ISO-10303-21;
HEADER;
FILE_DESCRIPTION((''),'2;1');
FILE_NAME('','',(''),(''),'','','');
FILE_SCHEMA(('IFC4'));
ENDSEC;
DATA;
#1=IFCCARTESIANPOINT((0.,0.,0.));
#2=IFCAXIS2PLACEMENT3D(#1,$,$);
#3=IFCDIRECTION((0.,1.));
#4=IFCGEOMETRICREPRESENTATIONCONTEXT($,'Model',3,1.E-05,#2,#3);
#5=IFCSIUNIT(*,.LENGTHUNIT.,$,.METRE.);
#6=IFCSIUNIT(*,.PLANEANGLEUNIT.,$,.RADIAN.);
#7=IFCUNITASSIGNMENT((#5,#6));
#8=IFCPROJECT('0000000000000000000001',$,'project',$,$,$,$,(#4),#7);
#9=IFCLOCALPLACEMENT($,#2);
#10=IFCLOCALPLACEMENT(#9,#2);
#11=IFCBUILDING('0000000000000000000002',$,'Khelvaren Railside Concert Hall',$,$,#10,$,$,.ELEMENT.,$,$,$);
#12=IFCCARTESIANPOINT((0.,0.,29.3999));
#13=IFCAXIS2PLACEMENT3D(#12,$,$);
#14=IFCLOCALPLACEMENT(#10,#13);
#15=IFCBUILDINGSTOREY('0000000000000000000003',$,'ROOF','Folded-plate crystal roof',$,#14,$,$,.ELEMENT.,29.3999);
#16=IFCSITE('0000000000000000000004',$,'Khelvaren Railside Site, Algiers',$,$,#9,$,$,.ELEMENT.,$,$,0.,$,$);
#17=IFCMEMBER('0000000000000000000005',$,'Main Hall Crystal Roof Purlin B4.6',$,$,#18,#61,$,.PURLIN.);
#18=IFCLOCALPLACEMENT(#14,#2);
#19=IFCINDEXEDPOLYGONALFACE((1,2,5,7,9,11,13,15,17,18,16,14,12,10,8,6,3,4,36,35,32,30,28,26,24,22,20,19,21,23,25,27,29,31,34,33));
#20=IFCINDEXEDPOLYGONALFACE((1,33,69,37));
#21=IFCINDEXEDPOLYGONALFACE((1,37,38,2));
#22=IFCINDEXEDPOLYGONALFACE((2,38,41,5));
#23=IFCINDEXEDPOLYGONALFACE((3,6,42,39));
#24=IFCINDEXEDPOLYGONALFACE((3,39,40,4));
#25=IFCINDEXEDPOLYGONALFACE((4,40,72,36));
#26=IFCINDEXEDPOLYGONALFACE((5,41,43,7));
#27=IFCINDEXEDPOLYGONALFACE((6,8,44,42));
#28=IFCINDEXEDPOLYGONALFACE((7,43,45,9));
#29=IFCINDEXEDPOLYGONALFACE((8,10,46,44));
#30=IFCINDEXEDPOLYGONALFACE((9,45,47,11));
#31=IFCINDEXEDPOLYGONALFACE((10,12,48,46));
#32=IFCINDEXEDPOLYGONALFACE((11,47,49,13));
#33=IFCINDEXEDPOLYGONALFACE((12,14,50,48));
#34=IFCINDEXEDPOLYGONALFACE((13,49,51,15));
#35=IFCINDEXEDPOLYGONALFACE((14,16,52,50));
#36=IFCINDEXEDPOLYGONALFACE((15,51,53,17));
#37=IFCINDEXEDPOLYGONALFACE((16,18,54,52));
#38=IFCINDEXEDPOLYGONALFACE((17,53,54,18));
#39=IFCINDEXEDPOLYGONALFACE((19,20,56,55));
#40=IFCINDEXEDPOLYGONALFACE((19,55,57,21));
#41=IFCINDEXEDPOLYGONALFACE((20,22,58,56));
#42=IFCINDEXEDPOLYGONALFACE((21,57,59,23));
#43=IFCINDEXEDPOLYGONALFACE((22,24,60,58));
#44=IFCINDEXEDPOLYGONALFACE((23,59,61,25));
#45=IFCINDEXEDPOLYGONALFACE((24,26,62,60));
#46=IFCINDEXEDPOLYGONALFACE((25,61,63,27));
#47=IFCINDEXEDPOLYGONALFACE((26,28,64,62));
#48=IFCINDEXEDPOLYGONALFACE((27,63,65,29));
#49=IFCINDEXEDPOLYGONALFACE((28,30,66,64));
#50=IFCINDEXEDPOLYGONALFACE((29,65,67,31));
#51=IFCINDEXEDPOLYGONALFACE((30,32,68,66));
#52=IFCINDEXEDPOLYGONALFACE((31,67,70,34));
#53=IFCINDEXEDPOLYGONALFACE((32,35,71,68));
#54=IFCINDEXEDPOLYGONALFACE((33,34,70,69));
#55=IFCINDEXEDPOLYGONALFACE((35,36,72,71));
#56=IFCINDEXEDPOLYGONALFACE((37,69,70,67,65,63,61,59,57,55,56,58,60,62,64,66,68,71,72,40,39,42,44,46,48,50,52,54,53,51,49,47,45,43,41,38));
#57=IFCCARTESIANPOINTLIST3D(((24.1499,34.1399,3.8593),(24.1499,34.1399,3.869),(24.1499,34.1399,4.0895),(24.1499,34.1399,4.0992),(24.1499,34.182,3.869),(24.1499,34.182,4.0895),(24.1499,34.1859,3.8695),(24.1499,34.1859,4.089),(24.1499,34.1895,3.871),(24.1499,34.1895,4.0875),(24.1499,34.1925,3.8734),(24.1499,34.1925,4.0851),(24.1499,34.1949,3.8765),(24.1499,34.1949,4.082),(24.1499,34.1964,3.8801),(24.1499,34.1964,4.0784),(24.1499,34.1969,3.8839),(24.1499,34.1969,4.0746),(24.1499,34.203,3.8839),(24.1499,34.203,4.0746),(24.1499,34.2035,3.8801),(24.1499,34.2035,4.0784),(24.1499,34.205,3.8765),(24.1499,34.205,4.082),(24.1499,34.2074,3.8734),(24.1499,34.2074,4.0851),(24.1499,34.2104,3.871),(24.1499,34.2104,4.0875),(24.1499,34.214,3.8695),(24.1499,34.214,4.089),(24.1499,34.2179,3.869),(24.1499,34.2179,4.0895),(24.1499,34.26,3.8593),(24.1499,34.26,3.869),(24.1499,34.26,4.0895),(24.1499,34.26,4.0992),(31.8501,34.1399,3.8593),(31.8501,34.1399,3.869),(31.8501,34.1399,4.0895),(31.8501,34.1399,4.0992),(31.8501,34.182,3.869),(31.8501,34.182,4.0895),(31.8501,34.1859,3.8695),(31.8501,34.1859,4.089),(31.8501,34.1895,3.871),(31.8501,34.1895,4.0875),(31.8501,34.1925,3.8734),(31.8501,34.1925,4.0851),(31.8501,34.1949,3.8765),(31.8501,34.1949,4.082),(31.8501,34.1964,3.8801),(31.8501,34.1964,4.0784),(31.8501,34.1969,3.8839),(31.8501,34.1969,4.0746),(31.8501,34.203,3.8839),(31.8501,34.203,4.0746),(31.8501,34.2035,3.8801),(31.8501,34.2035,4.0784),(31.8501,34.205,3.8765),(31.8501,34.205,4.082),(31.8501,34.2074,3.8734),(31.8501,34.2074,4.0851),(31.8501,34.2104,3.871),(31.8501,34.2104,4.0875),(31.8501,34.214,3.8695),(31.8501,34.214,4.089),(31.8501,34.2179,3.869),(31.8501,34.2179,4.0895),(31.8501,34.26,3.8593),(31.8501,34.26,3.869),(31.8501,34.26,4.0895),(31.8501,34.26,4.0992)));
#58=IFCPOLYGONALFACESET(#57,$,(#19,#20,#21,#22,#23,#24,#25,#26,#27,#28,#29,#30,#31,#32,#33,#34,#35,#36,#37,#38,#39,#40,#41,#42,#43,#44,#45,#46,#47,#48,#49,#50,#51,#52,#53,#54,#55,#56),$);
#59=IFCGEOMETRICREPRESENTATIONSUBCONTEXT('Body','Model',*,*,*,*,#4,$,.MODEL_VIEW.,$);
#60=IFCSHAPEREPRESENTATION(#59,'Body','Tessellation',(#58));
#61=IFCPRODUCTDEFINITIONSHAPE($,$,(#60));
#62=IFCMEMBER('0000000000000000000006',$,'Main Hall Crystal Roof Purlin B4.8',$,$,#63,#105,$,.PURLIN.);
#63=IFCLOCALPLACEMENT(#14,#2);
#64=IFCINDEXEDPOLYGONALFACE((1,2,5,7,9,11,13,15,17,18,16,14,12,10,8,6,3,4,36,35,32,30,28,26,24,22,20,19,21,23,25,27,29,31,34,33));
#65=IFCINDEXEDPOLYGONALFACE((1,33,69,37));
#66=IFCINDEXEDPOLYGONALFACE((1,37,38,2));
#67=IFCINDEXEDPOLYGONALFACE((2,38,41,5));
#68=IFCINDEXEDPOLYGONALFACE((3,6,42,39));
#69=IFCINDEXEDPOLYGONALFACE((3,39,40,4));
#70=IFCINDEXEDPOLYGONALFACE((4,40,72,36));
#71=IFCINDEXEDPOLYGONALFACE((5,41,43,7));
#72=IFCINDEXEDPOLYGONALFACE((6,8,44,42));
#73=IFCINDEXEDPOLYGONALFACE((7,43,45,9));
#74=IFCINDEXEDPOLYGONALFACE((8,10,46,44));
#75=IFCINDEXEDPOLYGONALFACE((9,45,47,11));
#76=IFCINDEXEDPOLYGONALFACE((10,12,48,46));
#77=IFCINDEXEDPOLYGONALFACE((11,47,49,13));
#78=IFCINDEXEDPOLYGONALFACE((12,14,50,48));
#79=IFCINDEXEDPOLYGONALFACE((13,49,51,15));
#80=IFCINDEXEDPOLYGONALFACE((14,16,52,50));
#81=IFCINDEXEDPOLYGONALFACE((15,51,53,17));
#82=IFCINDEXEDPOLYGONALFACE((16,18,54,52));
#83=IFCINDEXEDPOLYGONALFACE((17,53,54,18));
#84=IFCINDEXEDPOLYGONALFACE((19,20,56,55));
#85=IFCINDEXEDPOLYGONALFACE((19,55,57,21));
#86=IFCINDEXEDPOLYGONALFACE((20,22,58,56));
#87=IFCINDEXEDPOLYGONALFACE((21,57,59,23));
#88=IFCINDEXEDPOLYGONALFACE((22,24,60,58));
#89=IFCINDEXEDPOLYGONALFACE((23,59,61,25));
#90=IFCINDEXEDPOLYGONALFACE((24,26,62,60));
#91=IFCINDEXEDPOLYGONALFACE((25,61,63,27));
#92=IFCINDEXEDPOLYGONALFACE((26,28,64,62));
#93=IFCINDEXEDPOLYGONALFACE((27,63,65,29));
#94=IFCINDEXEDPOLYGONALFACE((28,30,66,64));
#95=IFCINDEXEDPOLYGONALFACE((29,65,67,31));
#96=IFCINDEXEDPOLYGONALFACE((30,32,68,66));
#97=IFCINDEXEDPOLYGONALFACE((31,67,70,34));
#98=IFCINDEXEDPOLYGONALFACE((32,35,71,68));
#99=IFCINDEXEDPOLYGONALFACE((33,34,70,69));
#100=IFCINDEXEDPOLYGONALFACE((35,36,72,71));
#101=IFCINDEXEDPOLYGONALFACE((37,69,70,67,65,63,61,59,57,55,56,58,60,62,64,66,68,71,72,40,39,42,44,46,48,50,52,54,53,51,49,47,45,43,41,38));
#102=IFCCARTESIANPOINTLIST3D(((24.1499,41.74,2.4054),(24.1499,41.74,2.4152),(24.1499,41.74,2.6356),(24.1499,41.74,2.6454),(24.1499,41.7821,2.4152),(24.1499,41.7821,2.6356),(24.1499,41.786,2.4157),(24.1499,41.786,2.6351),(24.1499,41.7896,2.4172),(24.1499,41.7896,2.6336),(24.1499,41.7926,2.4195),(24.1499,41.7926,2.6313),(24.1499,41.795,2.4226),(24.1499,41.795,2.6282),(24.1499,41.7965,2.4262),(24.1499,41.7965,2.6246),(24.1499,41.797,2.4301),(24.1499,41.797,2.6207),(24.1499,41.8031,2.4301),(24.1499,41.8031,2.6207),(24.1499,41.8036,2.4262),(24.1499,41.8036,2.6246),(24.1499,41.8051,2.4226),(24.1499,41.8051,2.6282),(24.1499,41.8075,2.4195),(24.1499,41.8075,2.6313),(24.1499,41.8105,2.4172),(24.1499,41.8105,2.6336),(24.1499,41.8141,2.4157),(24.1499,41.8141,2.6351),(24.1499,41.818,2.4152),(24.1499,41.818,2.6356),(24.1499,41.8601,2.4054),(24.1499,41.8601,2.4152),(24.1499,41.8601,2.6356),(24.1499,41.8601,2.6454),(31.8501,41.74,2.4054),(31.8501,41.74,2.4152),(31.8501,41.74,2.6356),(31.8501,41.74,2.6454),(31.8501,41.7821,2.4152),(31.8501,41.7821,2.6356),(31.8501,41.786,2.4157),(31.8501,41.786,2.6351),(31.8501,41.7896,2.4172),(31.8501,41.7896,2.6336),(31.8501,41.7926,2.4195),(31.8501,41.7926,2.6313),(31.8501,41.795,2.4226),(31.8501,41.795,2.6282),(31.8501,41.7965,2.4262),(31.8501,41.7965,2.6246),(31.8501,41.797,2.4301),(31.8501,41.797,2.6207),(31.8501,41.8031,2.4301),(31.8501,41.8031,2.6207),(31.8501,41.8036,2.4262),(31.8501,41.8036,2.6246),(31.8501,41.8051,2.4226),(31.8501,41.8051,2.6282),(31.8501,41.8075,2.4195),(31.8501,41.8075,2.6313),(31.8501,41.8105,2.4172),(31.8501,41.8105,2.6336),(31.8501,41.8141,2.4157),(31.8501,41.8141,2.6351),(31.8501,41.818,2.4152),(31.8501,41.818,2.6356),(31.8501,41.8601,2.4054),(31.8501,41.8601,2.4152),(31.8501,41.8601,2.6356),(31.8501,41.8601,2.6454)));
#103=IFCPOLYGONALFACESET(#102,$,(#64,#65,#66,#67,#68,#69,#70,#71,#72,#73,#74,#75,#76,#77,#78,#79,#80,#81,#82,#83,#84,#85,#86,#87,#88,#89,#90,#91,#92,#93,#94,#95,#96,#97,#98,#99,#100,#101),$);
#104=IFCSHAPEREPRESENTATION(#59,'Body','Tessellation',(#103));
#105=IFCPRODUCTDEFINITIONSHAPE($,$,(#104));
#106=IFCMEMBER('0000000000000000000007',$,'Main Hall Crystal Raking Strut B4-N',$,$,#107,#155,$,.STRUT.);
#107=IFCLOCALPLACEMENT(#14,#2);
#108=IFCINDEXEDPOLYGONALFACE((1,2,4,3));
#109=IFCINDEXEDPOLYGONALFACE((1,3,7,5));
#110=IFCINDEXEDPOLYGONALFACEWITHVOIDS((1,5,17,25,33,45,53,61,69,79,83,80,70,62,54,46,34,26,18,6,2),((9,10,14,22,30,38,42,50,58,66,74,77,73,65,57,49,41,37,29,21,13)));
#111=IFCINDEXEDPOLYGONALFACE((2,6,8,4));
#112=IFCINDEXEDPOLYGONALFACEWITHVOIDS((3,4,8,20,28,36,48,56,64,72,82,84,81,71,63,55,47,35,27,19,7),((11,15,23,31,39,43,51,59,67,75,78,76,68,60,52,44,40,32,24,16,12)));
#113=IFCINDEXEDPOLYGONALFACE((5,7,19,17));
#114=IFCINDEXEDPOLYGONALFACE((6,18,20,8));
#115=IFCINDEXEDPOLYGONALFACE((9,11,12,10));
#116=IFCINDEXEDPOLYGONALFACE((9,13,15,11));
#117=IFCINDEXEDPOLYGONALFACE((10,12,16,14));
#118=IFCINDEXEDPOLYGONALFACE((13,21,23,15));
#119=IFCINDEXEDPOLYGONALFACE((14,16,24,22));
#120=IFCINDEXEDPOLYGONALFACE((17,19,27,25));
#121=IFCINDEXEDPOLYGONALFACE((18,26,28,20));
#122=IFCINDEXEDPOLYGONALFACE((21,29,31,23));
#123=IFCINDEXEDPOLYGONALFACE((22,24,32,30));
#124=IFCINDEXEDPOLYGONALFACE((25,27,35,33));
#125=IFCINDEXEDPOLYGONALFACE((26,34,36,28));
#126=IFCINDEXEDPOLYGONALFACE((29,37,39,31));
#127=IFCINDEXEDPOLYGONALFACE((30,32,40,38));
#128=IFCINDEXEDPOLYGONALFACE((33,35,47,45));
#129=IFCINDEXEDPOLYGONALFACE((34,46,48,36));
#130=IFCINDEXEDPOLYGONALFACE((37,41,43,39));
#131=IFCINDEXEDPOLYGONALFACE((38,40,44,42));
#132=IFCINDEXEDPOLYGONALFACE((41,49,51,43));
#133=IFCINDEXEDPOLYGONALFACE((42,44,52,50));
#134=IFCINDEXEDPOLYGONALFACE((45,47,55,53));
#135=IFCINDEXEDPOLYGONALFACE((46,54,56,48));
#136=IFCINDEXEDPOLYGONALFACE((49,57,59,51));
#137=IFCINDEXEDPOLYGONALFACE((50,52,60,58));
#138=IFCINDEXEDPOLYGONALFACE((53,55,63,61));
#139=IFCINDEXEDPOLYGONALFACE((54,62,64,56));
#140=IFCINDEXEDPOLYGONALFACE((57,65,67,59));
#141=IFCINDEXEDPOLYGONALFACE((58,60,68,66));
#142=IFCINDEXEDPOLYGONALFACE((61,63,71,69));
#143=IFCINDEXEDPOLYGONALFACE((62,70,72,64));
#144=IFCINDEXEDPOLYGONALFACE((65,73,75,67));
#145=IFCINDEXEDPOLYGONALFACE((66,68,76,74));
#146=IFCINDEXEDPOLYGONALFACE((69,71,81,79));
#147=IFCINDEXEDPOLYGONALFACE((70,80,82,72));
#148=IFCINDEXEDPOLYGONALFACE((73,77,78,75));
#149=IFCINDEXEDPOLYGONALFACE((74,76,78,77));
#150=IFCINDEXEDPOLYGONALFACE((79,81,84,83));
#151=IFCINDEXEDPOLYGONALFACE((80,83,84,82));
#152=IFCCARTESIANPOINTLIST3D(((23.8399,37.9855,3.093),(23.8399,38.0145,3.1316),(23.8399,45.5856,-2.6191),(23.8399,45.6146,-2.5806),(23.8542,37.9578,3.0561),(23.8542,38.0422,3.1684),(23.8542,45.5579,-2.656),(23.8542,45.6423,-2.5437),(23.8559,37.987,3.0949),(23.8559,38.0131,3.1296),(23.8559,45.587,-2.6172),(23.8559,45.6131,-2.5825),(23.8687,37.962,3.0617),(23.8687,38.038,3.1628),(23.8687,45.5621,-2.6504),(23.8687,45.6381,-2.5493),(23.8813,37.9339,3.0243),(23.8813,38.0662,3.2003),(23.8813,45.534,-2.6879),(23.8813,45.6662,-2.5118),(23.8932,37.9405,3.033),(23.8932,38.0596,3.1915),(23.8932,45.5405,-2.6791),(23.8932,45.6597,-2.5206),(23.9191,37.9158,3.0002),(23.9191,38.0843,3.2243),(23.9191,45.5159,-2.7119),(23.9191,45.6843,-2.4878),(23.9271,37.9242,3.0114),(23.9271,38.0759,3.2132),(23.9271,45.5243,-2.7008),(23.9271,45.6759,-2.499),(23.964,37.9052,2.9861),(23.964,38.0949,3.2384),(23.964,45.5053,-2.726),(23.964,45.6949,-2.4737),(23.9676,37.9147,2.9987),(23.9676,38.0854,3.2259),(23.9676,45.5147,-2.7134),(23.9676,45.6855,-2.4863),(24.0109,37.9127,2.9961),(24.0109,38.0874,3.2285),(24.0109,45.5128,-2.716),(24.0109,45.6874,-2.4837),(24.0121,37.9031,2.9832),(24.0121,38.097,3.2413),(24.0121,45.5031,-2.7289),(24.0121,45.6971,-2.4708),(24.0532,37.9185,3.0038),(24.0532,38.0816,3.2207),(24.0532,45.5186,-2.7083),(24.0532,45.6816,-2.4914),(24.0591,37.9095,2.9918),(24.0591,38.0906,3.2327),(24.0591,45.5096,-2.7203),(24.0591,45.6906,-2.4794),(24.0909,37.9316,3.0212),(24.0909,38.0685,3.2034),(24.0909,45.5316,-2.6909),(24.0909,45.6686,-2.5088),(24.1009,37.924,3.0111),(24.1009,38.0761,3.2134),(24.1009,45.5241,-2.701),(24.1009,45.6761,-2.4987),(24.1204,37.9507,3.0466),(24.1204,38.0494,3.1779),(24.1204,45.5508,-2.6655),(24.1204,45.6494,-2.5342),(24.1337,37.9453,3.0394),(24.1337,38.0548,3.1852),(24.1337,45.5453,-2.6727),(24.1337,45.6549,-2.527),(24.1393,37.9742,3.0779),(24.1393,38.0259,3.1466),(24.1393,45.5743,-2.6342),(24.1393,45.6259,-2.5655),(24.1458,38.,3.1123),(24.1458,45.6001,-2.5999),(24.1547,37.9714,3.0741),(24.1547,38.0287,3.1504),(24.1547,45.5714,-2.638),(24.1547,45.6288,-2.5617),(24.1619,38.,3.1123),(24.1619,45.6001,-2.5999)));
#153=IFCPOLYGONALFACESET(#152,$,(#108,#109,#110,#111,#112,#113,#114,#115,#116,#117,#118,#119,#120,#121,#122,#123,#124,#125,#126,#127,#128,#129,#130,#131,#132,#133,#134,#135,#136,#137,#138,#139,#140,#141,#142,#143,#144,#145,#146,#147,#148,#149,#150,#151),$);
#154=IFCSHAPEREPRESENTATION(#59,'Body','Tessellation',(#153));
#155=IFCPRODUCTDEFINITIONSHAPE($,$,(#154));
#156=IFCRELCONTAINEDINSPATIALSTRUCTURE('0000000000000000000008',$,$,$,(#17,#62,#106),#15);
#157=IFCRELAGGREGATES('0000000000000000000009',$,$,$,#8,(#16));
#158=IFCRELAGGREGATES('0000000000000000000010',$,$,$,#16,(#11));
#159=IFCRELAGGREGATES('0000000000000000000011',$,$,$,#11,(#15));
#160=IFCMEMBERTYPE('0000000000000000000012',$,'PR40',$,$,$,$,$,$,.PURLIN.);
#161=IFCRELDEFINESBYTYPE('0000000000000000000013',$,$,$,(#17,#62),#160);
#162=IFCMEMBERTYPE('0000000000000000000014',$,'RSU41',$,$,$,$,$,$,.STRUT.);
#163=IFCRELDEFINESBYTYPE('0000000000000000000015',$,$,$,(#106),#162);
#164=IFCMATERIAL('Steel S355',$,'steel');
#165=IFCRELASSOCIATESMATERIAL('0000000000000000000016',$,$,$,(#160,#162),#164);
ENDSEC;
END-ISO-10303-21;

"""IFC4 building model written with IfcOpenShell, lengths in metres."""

from ifc_helpers import new_model, si_unit, direction, frame, origin, origin_2d, place, context, subcontext, project, spatial, hollow_circle, i_section, extrude, material, material_profile, profile_set, type_object, element, save


model = new_model("IFC4")

# Units and contexts
model_context = context("Model", 3, precision=1e-05, world=origin(), true_north=direction((0.0, 1.0)))
body_context = subcontext(model_context, "Body", "Model", "MODEL_VIEW")
ifc_project = project(units=[si_unit("LENGTHUNIT", "METRE"), si_unit("PLANEANGLEUNIT", "RADIAN")], contexts=[model_context])

# Site, building, storey
site_placement = place(None, origin())
site = spatial("IfcSite", under=ifc_project, at=site_placement, Name="Khelvaren Railside Site, Algiers", CompositionType="ELEMENT", RefElevation=0.0)
building_placement = place(site_placement, origin())
building = spatial("IfcBuilding", under=site, at=building_placement, Name="Khelvaren Railside Concert Hall", CompositionType="ELEMENT")
storey_placement = place(building_placement, frame((0.0, 0.0, 29.3999)))
storey = spatial("IfcBuildingStorey", under=building, at=storey_placement, Name="ROOF", Description="Folded-plate crystal roof", CompositionType="ELEMENT", Elevation=29.3999)

# Shared definitions
ifc_material_1 = material(Name="Steel S355", Category="steel")

# Members
ifc_material_profile_1 = material_profile(ifc_material_1, i_section(OverallWidth=0.1201, OverallDepth=0.24, WebThickness=0.0061, FlangeThickness=0.0098, FilletRadius=0.0149, at=origin_2d()), Name="IPE 240")
ifc_profile_set_1 = profile_set([ifc_material_profile_1], Name="Steel S355")
member_type_1 = type_object("IfcMemberType", Name="PR40", PredefinedType="PURLIN", material=ifc_profile_set_1)
for number, where, z_axis, x_axis, name in (
    (1, (24.1499, 34.2, 3.9792), (1.0, 0.0, 0.0), (0.0, 1.0, 0.0), "Main Hall Crystal Roof Purlin B4.6"),
    (2, (24.1499, 41.8, 2.5254), (1.0, 0.0, 0.0), (0.0, 1.0, 0.0), "Main Hall Crystal Roof Purlin B4.8"),
):
    element("IfcMember", number, at=place(storey_placement, frame(where, z_axis=z_axis, x_axis=x_axis)), inside=storey, type_object=member_type_1, Name=name, PredefinedType="PURLIN", context=body_context, shape_type="SweptSolid", body=[
        extrude(i_section(OverallWidth=0.1201, OverallDepth=0.24, WebThickness=0.0061, FlangeThickness=0.0098, FilletRadius=0.0149, at=origin_2d()), origin(), (0.0, 0.0, 1.0), 7.7002),
    ])
ifc_material_profile_2 = material_profile(ifc_material_1, hollow_circle(Radius=0.1619, WallThickness=0.0161, at=origin_2d()), Name="CHS 323.9x16")
ifc_profile_set_2 = profile_set([ifc_material_profile_2], Name="Steel S355")
member_type_2 = type_object("IfcMemberType", Name="RSU41", PredefinedType="STRUT", material=ifc_profile_set_2)
member_1_placement = place(storey_placement, frame((24.0, 45.6001, -2.5999), z_axis=(0.0, -0.799389, 0.600813), x_axis=(1.0, 0.0, 0.0)))
element("IfcMember", 3, at=member_1_placement, inside=storey, type_object=member_type_2, Name="Main Hall Crystal Raking Strut B4-N", PredefinedType="STRUT", context=body_context, shape_type="SweptSolid", body=[
    extrude(hollow_circle(Radius=0.1619, WallThickness=0.0161, at=origin_2d()), origin(), (0.0, 0.0, 1.0), 9.5073),
])

save(model, "model.ifc")
